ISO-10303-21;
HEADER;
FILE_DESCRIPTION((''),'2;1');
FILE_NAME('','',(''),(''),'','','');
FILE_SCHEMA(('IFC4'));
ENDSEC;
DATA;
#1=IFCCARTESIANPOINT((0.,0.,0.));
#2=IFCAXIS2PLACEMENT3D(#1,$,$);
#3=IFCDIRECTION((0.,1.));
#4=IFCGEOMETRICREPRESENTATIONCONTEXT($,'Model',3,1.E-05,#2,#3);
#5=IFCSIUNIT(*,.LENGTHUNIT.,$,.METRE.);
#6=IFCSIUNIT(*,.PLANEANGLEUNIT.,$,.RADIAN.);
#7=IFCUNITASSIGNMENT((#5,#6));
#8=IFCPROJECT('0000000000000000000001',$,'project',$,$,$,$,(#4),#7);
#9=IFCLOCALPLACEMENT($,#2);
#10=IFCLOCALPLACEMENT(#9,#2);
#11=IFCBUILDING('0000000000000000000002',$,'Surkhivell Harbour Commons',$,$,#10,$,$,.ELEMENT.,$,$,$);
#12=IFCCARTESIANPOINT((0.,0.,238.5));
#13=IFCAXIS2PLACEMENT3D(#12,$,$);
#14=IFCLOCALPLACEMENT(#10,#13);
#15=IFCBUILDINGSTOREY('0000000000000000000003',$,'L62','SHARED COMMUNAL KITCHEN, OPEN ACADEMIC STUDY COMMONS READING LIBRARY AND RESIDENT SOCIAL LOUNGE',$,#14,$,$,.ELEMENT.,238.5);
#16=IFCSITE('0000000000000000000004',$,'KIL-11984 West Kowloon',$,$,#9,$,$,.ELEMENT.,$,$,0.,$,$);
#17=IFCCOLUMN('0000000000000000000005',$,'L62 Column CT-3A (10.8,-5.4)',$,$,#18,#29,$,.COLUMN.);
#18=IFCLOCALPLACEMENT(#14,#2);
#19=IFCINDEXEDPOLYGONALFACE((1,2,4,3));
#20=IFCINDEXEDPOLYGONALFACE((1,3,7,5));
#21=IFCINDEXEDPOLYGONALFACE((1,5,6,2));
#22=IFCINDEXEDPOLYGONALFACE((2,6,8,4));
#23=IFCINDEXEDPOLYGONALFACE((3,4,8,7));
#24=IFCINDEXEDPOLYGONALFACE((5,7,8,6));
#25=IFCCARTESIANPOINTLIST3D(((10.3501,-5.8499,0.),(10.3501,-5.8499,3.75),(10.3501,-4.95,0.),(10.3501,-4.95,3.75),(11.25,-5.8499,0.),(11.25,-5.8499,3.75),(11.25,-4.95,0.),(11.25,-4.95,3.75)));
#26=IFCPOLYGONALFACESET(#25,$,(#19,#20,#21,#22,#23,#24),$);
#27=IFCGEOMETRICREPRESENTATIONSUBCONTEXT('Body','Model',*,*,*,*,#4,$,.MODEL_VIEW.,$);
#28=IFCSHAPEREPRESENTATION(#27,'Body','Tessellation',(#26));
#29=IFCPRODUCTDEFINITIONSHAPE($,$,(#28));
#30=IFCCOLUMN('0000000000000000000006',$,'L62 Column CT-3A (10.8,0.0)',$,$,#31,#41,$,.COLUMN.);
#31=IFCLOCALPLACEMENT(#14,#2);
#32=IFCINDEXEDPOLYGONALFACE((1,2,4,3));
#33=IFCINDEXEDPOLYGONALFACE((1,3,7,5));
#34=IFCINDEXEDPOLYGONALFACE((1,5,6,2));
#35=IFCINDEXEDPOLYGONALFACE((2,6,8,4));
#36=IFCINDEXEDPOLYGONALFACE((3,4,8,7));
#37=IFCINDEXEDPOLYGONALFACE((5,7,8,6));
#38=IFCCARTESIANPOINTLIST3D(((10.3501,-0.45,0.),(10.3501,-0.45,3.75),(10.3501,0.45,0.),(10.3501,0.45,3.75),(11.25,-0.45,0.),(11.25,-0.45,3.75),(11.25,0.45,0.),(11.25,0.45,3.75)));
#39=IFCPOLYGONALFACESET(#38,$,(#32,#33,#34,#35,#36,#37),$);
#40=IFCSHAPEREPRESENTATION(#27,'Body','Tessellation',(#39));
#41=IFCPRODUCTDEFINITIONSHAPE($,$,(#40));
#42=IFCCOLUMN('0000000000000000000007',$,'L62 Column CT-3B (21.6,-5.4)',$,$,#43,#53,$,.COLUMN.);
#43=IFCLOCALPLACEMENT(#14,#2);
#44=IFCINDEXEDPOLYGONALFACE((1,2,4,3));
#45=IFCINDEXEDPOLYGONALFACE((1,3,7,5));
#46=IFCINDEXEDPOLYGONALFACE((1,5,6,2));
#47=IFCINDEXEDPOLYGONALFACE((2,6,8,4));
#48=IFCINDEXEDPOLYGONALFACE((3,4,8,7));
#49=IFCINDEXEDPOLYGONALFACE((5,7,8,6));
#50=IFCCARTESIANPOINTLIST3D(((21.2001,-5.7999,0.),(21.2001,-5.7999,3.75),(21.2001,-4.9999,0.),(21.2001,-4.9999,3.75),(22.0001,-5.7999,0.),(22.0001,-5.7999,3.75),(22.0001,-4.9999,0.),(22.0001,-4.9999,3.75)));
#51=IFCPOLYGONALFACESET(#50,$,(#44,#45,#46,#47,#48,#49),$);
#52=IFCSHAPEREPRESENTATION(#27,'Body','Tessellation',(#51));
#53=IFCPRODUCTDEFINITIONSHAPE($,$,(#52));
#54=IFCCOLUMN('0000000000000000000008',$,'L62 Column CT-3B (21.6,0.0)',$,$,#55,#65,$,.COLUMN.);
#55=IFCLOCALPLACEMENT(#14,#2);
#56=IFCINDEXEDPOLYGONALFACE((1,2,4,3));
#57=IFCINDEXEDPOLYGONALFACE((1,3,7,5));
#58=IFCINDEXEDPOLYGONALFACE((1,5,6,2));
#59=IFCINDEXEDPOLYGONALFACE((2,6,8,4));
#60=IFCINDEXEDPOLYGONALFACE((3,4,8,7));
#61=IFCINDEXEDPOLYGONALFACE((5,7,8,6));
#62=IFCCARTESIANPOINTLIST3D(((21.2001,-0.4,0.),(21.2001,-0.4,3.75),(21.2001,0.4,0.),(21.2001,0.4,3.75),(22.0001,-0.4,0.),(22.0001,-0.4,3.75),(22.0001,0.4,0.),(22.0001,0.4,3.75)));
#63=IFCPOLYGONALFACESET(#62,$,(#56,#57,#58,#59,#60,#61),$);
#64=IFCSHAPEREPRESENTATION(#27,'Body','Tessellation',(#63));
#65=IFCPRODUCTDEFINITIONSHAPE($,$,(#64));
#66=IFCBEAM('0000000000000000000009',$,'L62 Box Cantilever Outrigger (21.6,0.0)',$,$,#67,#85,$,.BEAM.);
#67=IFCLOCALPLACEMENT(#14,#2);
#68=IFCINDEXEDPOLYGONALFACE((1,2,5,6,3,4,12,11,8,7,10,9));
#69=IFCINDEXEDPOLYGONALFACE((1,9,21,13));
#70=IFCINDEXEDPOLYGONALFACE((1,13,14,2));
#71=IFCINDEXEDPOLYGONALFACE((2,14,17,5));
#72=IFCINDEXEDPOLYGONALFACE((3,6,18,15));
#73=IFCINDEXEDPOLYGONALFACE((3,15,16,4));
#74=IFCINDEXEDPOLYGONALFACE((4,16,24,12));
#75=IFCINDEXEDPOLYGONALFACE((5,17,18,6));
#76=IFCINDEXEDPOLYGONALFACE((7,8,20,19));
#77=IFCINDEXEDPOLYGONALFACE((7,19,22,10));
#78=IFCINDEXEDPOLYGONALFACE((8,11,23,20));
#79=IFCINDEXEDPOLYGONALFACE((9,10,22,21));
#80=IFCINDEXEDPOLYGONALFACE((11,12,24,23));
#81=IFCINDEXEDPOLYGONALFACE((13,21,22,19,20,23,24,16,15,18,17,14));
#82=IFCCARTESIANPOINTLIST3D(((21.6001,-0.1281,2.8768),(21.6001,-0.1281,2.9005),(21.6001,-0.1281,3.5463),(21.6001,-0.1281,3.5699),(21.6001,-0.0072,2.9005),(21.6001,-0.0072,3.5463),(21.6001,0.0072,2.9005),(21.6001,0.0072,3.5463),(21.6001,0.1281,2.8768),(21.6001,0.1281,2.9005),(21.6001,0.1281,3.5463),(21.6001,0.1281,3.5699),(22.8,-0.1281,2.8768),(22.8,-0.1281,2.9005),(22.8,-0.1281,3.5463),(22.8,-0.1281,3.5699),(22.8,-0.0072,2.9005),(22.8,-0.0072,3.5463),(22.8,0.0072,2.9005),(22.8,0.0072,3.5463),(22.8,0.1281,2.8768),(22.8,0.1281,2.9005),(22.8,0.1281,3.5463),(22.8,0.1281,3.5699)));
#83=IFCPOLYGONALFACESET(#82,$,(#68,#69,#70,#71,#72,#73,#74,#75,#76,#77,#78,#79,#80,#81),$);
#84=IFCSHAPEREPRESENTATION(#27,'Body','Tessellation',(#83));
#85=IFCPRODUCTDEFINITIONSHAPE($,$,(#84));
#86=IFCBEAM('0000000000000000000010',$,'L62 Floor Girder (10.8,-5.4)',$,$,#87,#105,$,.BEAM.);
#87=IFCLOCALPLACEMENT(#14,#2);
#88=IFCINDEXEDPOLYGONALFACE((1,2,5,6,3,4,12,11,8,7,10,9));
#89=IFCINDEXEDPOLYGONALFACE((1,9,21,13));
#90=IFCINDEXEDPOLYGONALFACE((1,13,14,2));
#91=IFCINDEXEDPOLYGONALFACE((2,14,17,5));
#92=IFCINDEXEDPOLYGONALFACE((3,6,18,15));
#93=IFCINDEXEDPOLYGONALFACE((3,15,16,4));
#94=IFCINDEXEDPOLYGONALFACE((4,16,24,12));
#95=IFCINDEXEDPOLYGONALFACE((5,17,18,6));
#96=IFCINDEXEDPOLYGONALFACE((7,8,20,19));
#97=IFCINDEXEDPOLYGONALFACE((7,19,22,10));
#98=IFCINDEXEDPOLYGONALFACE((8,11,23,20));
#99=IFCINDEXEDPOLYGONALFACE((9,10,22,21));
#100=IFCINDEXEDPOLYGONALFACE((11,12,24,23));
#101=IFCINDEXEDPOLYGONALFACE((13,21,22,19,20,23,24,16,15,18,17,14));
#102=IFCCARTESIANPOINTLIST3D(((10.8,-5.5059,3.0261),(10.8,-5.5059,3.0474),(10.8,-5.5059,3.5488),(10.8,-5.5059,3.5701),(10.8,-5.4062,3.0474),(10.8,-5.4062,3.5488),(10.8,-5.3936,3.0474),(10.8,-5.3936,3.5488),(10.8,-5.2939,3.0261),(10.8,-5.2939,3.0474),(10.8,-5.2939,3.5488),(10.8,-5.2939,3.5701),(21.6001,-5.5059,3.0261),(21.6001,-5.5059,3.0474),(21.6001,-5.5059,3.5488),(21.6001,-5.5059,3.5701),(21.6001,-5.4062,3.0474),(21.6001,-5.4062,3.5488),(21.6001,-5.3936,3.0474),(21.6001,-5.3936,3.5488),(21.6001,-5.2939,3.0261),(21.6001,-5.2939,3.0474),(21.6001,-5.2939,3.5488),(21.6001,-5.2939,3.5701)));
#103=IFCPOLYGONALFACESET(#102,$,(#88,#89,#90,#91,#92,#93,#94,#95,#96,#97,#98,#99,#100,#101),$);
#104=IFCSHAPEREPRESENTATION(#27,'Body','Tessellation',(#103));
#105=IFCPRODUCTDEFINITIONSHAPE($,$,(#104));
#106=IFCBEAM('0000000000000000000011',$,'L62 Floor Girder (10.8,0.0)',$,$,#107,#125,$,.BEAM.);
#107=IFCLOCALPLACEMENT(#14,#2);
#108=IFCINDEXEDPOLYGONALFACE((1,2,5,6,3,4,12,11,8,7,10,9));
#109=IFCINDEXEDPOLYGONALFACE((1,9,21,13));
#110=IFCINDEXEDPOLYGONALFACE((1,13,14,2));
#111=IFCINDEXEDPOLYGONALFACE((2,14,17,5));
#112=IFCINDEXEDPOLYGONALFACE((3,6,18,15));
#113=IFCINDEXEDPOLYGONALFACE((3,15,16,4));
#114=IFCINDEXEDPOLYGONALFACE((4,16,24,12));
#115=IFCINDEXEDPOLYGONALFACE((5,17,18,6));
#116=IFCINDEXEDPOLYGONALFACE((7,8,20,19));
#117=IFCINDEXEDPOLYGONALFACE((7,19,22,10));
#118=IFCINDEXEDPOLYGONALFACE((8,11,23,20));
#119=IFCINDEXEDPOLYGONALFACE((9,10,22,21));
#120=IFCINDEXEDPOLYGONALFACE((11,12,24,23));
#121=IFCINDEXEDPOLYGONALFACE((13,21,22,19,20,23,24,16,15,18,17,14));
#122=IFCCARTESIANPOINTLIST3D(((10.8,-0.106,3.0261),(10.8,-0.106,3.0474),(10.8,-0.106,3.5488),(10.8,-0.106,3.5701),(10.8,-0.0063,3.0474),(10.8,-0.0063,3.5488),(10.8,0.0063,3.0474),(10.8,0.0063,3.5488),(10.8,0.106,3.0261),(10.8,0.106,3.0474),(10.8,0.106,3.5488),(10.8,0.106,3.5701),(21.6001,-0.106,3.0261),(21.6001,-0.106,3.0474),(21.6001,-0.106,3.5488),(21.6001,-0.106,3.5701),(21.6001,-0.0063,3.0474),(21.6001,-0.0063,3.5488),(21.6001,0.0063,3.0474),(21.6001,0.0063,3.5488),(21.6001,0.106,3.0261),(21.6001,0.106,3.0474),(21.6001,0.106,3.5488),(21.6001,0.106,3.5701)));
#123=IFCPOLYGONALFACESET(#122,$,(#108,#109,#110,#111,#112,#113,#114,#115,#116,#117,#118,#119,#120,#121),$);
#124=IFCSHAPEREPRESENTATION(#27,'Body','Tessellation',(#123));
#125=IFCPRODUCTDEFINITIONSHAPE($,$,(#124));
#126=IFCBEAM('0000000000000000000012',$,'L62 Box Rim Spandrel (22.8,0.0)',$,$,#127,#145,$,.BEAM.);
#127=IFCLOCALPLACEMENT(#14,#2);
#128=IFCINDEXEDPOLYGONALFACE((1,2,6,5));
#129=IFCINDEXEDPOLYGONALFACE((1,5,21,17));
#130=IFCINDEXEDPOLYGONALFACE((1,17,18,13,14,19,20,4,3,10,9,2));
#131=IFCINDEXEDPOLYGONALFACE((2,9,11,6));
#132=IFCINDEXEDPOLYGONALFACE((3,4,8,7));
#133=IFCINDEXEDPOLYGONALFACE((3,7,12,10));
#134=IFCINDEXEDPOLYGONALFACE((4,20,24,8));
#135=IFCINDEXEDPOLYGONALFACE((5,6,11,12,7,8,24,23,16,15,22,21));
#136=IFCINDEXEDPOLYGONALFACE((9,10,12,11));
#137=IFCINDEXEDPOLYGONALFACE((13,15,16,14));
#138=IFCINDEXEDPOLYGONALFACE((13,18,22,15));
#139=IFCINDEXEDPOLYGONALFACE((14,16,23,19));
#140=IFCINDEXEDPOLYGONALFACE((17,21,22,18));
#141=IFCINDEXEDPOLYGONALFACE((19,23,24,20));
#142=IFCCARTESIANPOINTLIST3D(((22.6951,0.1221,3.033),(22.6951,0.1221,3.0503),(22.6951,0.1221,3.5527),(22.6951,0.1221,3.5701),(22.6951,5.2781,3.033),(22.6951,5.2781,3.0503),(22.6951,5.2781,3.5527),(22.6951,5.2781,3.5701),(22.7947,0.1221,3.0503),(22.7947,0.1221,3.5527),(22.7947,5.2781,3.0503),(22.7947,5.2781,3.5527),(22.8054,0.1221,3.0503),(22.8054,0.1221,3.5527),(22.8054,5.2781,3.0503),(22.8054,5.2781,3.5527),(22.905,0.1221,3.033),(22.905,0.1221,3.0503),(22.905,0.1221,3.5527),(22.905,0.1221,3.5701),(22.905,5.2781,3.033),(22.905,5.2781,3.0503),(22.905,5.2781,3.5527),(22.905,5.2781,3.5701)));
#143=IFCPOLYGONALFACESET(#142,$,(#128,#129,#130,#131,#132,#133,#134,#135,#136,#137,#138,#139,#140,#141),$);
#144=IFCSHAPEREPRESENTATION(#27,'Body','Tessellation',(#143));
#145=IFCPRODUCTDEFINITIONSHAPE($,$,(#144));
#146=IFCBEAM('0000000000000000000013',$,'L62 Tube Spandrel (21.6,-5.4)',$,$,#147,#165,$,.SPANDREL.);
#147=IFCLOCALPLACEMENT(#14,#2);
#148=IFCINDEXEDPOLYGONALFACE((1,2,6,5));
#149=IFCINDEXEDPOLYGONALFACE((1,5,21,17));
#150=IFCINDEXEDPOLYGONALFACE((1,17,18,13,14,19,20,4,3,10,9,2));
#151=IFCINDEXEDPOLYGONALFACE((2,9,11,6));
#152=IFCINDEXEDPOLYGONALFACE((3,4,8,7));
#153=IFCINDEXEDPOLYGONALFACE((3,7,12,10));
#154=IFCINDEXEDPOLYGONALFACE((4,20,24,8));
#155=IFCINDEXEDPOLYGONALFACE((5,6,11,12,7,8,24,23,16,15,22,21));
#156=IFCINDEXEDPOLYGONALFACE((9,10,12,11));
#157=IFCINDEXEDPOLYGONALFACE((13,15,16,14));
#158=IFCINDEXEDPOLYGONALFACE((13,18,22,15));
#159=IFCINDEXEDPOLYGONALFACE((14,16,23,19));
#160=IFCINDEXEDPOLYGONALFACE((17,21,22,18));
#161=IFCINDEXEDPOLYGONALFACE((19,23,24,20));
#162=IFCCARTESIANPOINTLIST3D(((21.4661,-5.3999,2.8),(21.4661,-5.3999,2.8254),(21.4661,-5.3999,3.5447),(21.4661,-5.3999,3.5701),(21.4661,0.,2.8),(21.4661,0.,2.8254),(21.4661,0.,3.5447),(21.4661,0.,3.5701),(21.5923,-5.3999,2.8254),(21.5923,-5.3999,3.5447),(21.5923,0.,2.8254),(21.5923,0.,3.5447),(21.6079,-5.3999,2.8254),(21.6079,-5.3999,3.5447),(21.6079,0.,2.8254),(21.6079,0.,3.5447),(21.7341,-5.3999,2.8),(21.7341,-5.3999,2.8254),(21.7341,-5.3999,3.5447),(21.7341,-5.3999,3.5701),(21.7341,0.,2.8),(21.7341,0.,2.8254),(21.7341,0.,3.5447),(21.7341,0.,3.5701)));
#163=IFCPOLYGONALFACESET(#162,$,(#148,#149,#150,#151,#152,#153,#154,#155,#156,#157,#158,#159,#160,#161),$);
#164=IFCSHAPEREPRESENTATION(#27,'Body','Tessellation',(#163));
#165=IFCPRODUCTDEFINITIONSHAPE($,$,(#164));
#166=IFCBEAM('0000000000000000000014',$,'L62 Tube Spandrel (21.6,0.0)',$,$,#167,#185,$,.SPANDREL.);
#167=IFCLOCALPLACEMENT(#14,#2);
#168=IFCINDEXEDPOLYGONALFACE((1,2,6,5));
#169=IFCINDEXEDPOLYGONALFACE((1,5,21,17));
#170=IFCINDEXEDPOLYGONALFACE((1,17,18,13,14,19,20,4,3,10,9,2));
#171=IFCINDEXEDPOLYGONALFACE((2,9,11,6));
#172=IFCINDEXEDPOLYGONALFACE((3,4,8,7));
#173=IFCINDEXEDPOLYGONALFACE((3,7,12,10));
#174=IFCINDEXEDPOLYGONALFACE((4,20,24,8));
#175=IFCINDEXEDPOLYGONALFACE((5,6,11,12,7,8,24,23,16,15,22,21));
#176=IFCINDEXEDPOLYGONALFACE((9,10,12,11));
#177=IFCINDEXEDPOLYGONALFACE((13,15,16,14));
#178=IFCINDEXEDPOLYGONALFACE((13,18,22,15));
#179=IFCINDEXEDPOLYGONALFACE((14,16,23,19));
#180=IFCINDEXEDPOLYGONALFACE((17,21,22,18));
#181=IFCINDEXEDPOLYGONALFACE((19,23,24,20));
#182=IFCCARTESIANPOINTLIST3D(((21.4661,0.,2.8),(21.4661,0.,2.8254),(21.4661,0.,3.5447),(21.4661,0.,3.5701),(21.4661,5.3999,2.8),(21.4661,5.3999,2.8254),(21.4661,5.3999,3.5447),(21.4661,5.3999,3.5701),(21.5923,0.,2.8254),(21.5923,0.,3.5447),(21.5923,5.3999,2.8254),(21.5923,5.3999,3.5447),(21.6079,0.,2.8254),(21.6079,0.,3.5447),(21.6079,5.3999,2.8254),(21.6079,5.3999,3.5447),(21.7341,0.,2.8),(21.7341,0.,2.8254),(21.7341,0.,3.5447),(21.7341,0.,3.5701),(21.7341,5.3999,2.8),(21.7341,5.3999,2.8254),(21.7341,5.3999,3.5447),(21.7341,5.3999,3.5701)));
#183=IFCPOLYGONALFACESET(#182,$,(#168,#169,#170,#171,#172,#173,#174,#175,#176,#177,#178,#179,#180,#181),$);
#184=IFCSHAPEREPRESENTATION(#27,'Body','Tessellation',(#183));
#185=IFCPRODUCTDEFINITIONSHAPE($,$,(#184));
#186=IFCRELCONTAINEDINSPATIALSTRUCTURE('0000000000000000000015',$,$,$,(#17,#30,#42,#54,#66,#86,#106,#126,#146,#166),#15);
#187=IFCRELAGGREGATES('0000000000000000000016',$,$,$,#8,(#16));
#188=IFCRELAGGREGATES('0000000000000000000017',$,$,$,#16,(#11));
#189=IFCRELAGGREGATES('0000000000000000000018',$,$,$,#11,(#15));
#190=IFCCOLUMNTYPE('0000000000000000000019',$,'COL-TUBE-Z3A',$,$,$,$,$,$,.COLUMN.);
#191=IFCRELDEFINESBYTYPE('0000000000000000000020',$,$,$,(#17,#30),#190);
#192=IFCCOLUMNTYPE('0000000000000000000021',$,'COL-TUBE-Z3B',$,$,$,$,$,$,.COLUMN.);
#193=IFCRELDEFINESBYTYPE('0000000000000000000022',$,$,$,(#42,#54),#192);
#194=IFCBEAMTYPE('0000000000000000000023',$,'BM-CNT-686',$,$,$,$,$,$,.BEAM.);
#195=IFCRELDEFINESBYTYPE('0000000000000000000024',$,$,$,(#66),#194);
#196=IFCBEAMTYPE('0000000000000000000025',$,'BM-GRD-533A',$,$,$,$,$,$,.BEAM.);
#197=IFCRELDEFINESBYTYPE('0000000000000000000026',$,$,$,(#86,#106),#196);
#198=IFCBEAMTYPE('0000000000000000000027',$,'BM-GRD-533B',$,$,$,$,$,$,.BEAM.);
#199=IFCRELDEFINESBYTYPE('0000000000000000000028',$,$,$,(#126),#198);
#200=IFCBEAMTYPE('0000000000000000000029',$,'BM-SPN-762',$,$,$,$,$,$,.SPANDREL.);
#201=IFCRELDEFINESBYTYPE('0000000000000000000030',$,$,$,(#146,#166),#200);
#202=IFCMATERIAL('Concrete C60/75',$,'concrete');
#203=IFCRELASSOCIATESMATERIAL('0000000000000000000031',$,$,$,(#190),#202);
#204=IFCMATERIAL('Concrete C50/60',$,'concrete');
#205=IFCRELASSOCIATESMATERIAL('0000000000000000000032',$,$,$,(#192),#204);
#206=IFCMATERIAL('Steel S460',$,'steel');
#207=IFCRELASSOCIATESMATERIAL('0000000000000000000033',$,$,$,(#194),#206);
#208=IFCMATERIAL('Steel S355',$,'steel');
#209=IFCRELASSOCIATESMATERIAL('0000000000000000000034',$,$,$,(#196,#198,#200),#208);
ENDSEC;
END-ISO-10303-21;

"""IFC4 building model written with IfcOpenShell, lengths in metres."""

from ifc_helpers import new_model, si_unit, direction, frame, origin, origin_2d, place, context, subcontext, project, spatial, rectangle, i_section, extrude, material, material_profile, profile_set, type_object, element, save


model = new_model("IFC4")

# Units and contexts
model_context = context("Model", 3, precision=1e-05, world=origin(), true_north=direction((0.0, 1.0)))
body_context = subcontext(model_context, "Body", "Model", "MODEL_VIEW")
ifc_project = project(units=[si_unit("LENGTHUNIT", "METRE"), si_unit("PLANEANGLEUNIT", "RADIAN")], contexts=[model_context])

# Site, building, storey
site_placement = place(None, origin())
site = spatial("IfcSite", under=ifc_project, at=site_placement, Name="KIL-11984 West Kowloon", CompositionType="ELEMENT", RefElevation=0.0)
building_placement = place(site_placement, origin())
building = spatial("IfcBuilding", under=site, at=building_placement, Name="Surkhivell Harbour Commons", CompositionType="ELEMENT")
storey_placement = place(building_placement, frame((0.0, 0.0, 238.5)))
storey = spatial("IfcBuildingStorey", under=building, at=storey_placement, Name="L62", Description="SHARED COMMUNAL KITCHEN, OPEN ACADEMIC STUDY COMMONS READING LIBRARY AND RESIDENT SOCIAL LOUNGE", CompositionType="ELEMENT", Elevation=238.5)

# Columns
ifc_material_1 = material(Name="Concrete C60/75", Category="concrete")
ifc_material_profile_1 = material_profile(ifc_material_1, rectangle(XDim=0.8999, YDim=0.8999, at=origin_2d()), Name="RC-COL-900x900")
ifc_profile_set_1 = profile_set([ifc_material_profile_1], Name="Concrete C60/75")
column_type_1 = type_object("IfcColumnType", Name="COL-TUBE-Z3A", PredefinedType="COLUMN", material=ifc_profile_set_1)
for number, where, z_axis, x_axis, name in (
    (1, (10.8, -5.3999, 0.0), (0.0, 0.0, 1.0), (1.0, 0.0, 0.0), "L62 Column CT-3A (10.8,-5.4)"),
    (2, (10.8, 0.0, 0.0), (0.0, 0.0, 1.0), (1.0, 0.0, 0.0), "L62 Column CT-3A (10.8,0.0)"),
):
    element("IfcColumn", number, at=place(storey_placement, frame(where, z_axis=z_axis, x_axis=x_axis)), inside=storey, type_object=column_type_1, Name=name, PredefinedType="COLUMN", context=body_context, shape_type="SweptSolid", body=[
        extrude(rectangle(XDim=0.8999, YDim=0.8999, at=origin_2d()), origin(), (0.0, 0.0, 1.0), 3.75),
    ])
ifc_material_2 = material(Name="Concrete C50/60", Category="concrete")
ifc_material_profile_2 = material_profile(ifc_material_2, rectangle(XDim=0.8, YDim=0.8, at=origin_2d()), Name="RC-COL-800x800")
ifc_profile_set_2 = profile_set([ifc_material_profile_2], Name="Concrete C50/60")
column_type_2 = type_object("IfcColumnType", Name="COL-TUBE-Z3B", PredefinedType="COLUMN", material=ifc_profile_set_2)
for number, where, z_axis, x_axis, name in (
    (3, (21.6001, -5.3999, 0.0), (0.0, 0.0, 1.0), (1.0, 0.0, 0.0), "L62 Column CT-3B (21.6,-5.4)"),
    (4, (21.6001, 0.0, 0.0), (0.0, 0.0, 1.0), (1.0, 0.0, 0.0), "L62 Column CT-3B (21.6,0.0)"),
):
    element("IfcColumn", number, at=place(storey_placement, frame(where, z_axis=z_axis, x_axis=x_axis)), inside=storey, type_object=column_type_2, Name=name, PredefinedType="COLUMN", context=body_context, shape_type="SweptSolid", body=[
        extrude(rectangle(XDim=0.8, YDim=0.8, at=origin_2d()), origin(), (0.0, 0.0, 1.0), 3.75),
    ])

# Beams
ifc_material_3 = material(Name="Steel S460", Category="steel")
ifc_material_profile_3 = material_profile(ifc_material_3, i_section(OverallWidth=0.2561, OverallDepth=0.6931, WebThickness=0.0144, FlangeThickness=0.0237, at=origin_2d()), Name="UB686x254x170")
ifc_profile_set_3 = profile_set([ifc_material_profile_3], Name="Steel S460")
beam_type_1 = type_object("IfcBeamType", Name="BM-CNT-686", PredefinedType="BEAM", material=ifc_profile_set_3)
beam_1_placement = place(storey_placement, frame((21.6001, 0.0, 3.2234), z_axis=(1.0, 0.0, 0.0), x_axis=(0.0, 1.0, 0.0)))
element("IfcBeam", 5, at=beam_1_placement, inside=storey, type_object=beam_type_1, Name="L62 Box Cantilever Outrigger (21.6,0.0)", PredefinedType="BEAM", context=body_context, shape_type="SweptSolid", body=[
    extrude(i_section(OverallWidth=0.2561, OverallDepth=0.6931, WebThickness=0.0144, FlangeThickness=0.0237, at=origin_2d()), origin(), (0.0, 0.0, 1.0), 1.2),
])
ifc_material_4 = material(Name="Steel S355", Category="steel")
ifc_material_profile_4 = material_profile(ifc_material_4, i_section(OverallWidth=0.2119, OverallDepth=0.5439, WebThickness=0.0127, FlangeThickness=0.0212, at=origin_2d()), Name="UB533x210x122")
ifc_profile_set_4 = profile_set([ifc_material_profile_4], Name="Steel S355")
beam_type_2 = type_object("IfcBeamType", Name="BM-GRD-533A", PredefinedType="BEAM", material=ifc_profile_set_4)
for number, where, z_axis, x_axis, name in (
    (6, (10.8, -5.3999, 3.2981), (1.0, 0.0, 0.0), (0.0, 1.0, 0.0), "L62 Floor Girder (10.8,-5.4)"),
    (7, (10.8, 0.0, 3.2981), (1.0, 0.0, 0.0), (0.0, 1.0, 0.0), "L62 Floor Girder (10.8,0.0)"),
):
    element("IfcBeam", number, at=place(storey_placement, frame(where, z_axis=z_axis, x_axis=x_axis)), inside=storey, type_object=beam_type_2, Name=name, PredefinedType="BEAM", context=body_context, shape_type="SweptSolid", body=[
        extrude(i_section(OverallWidth=0.2119, OverallDepth=0.5439, WebThickness=0.0127, FlangeThickness=0.0212, at=origin_2d()), origin(), (0.0, 0.0, 1.0), 10.8),
    ])
ifc_material_profile_5 = material_profile(ifc_material_4, i_section(OverallWidth=0.21, OverallDepth=0.5371, WebThickness=0.0107, FlangeThickness=0.0173, at=origin_2d()), Name="UB533x210x101")
ifc_profile_set_5 = profile_set([ifc_material_profile_5], Name="Steel S355")
beam_type_3 = type_object("IfcBeamType", Name="BM-GRD-533B", PredefinedType="BEAM", material=ifc_profile_set_5)
beam_2_placement = place(storey_placement, frame((22.8, 0.1221, 3.3015), z_axis=(0.0, 1.0, 0.0), x_axis=(-1.0, 0.0, 0.0)))
element("IfcBeam", 8, at=beam_2_placement, inside=storey, type_object=beam_type_3, Name="L62 Box Rim Spandrel (22.8,0.0)", PredefinedType="BEAM", context=body_context, shape_type="SweptSolid", body=[
    extrude(i_section(OverallWidth=0.21, OverallDepth=0.5371, WebThickness=0.0107, FlangeThickness=0.0173, at=origin_2d()), origin(), (0.0, 0.0, 1.0), 5.156),
])
ifc_material_profile_6 = material_profile(ifc_material_4, i_section(OverallWidth=0.2681, OverallDepth=0.77, WebThickness=0.0156, FlangeThickness=0.0254, at=origin_2d()), Name="UB762x267x197")
ifc_profile_set_6 = profile_set([ifc_material_profile_6], Name="Steel S355")
beam_type_4 = type_object("IfcBeamType", Name="BM-SPN-762", PredefinedType="SPANDREL", material=ifc_profile_set_6)
for number, where, z_axis, x_axis, name in (
    (9, (21.6001, -5.3999, 3.1851), (0.0, 1.0, 0.0), (-1.0, 0.0, 0.0), "L62 Tube Spandrel (21.6,-5.4)"),
    (10, (21.6001, 0.0, 3.1851), (0.0, 1.0, 0.0), (-1.0, 0.0, 0.0), "L62 Tube Spandrel (21.6,0.0)"),
):
    element("IfcBeam", number, at=place(storey_placement, frame(where, z_axis=z_axis, x_axis=x_axis)), inside=storey, type_object=beam_type_4, Name=name, PredefinedType="SPANDREL", context=body_context, shape_type="SweptSolid", body=[
        extrude(i_section(OverallWidth=0.2681, OverallDepth=0.77, WebThickness=0.0156, FlangeThickness=0.0254, at=origin_2d()), origin(), (0.0, 0.0, 1.0), 5.3999),
    ])

save(model, "model.ifc")
